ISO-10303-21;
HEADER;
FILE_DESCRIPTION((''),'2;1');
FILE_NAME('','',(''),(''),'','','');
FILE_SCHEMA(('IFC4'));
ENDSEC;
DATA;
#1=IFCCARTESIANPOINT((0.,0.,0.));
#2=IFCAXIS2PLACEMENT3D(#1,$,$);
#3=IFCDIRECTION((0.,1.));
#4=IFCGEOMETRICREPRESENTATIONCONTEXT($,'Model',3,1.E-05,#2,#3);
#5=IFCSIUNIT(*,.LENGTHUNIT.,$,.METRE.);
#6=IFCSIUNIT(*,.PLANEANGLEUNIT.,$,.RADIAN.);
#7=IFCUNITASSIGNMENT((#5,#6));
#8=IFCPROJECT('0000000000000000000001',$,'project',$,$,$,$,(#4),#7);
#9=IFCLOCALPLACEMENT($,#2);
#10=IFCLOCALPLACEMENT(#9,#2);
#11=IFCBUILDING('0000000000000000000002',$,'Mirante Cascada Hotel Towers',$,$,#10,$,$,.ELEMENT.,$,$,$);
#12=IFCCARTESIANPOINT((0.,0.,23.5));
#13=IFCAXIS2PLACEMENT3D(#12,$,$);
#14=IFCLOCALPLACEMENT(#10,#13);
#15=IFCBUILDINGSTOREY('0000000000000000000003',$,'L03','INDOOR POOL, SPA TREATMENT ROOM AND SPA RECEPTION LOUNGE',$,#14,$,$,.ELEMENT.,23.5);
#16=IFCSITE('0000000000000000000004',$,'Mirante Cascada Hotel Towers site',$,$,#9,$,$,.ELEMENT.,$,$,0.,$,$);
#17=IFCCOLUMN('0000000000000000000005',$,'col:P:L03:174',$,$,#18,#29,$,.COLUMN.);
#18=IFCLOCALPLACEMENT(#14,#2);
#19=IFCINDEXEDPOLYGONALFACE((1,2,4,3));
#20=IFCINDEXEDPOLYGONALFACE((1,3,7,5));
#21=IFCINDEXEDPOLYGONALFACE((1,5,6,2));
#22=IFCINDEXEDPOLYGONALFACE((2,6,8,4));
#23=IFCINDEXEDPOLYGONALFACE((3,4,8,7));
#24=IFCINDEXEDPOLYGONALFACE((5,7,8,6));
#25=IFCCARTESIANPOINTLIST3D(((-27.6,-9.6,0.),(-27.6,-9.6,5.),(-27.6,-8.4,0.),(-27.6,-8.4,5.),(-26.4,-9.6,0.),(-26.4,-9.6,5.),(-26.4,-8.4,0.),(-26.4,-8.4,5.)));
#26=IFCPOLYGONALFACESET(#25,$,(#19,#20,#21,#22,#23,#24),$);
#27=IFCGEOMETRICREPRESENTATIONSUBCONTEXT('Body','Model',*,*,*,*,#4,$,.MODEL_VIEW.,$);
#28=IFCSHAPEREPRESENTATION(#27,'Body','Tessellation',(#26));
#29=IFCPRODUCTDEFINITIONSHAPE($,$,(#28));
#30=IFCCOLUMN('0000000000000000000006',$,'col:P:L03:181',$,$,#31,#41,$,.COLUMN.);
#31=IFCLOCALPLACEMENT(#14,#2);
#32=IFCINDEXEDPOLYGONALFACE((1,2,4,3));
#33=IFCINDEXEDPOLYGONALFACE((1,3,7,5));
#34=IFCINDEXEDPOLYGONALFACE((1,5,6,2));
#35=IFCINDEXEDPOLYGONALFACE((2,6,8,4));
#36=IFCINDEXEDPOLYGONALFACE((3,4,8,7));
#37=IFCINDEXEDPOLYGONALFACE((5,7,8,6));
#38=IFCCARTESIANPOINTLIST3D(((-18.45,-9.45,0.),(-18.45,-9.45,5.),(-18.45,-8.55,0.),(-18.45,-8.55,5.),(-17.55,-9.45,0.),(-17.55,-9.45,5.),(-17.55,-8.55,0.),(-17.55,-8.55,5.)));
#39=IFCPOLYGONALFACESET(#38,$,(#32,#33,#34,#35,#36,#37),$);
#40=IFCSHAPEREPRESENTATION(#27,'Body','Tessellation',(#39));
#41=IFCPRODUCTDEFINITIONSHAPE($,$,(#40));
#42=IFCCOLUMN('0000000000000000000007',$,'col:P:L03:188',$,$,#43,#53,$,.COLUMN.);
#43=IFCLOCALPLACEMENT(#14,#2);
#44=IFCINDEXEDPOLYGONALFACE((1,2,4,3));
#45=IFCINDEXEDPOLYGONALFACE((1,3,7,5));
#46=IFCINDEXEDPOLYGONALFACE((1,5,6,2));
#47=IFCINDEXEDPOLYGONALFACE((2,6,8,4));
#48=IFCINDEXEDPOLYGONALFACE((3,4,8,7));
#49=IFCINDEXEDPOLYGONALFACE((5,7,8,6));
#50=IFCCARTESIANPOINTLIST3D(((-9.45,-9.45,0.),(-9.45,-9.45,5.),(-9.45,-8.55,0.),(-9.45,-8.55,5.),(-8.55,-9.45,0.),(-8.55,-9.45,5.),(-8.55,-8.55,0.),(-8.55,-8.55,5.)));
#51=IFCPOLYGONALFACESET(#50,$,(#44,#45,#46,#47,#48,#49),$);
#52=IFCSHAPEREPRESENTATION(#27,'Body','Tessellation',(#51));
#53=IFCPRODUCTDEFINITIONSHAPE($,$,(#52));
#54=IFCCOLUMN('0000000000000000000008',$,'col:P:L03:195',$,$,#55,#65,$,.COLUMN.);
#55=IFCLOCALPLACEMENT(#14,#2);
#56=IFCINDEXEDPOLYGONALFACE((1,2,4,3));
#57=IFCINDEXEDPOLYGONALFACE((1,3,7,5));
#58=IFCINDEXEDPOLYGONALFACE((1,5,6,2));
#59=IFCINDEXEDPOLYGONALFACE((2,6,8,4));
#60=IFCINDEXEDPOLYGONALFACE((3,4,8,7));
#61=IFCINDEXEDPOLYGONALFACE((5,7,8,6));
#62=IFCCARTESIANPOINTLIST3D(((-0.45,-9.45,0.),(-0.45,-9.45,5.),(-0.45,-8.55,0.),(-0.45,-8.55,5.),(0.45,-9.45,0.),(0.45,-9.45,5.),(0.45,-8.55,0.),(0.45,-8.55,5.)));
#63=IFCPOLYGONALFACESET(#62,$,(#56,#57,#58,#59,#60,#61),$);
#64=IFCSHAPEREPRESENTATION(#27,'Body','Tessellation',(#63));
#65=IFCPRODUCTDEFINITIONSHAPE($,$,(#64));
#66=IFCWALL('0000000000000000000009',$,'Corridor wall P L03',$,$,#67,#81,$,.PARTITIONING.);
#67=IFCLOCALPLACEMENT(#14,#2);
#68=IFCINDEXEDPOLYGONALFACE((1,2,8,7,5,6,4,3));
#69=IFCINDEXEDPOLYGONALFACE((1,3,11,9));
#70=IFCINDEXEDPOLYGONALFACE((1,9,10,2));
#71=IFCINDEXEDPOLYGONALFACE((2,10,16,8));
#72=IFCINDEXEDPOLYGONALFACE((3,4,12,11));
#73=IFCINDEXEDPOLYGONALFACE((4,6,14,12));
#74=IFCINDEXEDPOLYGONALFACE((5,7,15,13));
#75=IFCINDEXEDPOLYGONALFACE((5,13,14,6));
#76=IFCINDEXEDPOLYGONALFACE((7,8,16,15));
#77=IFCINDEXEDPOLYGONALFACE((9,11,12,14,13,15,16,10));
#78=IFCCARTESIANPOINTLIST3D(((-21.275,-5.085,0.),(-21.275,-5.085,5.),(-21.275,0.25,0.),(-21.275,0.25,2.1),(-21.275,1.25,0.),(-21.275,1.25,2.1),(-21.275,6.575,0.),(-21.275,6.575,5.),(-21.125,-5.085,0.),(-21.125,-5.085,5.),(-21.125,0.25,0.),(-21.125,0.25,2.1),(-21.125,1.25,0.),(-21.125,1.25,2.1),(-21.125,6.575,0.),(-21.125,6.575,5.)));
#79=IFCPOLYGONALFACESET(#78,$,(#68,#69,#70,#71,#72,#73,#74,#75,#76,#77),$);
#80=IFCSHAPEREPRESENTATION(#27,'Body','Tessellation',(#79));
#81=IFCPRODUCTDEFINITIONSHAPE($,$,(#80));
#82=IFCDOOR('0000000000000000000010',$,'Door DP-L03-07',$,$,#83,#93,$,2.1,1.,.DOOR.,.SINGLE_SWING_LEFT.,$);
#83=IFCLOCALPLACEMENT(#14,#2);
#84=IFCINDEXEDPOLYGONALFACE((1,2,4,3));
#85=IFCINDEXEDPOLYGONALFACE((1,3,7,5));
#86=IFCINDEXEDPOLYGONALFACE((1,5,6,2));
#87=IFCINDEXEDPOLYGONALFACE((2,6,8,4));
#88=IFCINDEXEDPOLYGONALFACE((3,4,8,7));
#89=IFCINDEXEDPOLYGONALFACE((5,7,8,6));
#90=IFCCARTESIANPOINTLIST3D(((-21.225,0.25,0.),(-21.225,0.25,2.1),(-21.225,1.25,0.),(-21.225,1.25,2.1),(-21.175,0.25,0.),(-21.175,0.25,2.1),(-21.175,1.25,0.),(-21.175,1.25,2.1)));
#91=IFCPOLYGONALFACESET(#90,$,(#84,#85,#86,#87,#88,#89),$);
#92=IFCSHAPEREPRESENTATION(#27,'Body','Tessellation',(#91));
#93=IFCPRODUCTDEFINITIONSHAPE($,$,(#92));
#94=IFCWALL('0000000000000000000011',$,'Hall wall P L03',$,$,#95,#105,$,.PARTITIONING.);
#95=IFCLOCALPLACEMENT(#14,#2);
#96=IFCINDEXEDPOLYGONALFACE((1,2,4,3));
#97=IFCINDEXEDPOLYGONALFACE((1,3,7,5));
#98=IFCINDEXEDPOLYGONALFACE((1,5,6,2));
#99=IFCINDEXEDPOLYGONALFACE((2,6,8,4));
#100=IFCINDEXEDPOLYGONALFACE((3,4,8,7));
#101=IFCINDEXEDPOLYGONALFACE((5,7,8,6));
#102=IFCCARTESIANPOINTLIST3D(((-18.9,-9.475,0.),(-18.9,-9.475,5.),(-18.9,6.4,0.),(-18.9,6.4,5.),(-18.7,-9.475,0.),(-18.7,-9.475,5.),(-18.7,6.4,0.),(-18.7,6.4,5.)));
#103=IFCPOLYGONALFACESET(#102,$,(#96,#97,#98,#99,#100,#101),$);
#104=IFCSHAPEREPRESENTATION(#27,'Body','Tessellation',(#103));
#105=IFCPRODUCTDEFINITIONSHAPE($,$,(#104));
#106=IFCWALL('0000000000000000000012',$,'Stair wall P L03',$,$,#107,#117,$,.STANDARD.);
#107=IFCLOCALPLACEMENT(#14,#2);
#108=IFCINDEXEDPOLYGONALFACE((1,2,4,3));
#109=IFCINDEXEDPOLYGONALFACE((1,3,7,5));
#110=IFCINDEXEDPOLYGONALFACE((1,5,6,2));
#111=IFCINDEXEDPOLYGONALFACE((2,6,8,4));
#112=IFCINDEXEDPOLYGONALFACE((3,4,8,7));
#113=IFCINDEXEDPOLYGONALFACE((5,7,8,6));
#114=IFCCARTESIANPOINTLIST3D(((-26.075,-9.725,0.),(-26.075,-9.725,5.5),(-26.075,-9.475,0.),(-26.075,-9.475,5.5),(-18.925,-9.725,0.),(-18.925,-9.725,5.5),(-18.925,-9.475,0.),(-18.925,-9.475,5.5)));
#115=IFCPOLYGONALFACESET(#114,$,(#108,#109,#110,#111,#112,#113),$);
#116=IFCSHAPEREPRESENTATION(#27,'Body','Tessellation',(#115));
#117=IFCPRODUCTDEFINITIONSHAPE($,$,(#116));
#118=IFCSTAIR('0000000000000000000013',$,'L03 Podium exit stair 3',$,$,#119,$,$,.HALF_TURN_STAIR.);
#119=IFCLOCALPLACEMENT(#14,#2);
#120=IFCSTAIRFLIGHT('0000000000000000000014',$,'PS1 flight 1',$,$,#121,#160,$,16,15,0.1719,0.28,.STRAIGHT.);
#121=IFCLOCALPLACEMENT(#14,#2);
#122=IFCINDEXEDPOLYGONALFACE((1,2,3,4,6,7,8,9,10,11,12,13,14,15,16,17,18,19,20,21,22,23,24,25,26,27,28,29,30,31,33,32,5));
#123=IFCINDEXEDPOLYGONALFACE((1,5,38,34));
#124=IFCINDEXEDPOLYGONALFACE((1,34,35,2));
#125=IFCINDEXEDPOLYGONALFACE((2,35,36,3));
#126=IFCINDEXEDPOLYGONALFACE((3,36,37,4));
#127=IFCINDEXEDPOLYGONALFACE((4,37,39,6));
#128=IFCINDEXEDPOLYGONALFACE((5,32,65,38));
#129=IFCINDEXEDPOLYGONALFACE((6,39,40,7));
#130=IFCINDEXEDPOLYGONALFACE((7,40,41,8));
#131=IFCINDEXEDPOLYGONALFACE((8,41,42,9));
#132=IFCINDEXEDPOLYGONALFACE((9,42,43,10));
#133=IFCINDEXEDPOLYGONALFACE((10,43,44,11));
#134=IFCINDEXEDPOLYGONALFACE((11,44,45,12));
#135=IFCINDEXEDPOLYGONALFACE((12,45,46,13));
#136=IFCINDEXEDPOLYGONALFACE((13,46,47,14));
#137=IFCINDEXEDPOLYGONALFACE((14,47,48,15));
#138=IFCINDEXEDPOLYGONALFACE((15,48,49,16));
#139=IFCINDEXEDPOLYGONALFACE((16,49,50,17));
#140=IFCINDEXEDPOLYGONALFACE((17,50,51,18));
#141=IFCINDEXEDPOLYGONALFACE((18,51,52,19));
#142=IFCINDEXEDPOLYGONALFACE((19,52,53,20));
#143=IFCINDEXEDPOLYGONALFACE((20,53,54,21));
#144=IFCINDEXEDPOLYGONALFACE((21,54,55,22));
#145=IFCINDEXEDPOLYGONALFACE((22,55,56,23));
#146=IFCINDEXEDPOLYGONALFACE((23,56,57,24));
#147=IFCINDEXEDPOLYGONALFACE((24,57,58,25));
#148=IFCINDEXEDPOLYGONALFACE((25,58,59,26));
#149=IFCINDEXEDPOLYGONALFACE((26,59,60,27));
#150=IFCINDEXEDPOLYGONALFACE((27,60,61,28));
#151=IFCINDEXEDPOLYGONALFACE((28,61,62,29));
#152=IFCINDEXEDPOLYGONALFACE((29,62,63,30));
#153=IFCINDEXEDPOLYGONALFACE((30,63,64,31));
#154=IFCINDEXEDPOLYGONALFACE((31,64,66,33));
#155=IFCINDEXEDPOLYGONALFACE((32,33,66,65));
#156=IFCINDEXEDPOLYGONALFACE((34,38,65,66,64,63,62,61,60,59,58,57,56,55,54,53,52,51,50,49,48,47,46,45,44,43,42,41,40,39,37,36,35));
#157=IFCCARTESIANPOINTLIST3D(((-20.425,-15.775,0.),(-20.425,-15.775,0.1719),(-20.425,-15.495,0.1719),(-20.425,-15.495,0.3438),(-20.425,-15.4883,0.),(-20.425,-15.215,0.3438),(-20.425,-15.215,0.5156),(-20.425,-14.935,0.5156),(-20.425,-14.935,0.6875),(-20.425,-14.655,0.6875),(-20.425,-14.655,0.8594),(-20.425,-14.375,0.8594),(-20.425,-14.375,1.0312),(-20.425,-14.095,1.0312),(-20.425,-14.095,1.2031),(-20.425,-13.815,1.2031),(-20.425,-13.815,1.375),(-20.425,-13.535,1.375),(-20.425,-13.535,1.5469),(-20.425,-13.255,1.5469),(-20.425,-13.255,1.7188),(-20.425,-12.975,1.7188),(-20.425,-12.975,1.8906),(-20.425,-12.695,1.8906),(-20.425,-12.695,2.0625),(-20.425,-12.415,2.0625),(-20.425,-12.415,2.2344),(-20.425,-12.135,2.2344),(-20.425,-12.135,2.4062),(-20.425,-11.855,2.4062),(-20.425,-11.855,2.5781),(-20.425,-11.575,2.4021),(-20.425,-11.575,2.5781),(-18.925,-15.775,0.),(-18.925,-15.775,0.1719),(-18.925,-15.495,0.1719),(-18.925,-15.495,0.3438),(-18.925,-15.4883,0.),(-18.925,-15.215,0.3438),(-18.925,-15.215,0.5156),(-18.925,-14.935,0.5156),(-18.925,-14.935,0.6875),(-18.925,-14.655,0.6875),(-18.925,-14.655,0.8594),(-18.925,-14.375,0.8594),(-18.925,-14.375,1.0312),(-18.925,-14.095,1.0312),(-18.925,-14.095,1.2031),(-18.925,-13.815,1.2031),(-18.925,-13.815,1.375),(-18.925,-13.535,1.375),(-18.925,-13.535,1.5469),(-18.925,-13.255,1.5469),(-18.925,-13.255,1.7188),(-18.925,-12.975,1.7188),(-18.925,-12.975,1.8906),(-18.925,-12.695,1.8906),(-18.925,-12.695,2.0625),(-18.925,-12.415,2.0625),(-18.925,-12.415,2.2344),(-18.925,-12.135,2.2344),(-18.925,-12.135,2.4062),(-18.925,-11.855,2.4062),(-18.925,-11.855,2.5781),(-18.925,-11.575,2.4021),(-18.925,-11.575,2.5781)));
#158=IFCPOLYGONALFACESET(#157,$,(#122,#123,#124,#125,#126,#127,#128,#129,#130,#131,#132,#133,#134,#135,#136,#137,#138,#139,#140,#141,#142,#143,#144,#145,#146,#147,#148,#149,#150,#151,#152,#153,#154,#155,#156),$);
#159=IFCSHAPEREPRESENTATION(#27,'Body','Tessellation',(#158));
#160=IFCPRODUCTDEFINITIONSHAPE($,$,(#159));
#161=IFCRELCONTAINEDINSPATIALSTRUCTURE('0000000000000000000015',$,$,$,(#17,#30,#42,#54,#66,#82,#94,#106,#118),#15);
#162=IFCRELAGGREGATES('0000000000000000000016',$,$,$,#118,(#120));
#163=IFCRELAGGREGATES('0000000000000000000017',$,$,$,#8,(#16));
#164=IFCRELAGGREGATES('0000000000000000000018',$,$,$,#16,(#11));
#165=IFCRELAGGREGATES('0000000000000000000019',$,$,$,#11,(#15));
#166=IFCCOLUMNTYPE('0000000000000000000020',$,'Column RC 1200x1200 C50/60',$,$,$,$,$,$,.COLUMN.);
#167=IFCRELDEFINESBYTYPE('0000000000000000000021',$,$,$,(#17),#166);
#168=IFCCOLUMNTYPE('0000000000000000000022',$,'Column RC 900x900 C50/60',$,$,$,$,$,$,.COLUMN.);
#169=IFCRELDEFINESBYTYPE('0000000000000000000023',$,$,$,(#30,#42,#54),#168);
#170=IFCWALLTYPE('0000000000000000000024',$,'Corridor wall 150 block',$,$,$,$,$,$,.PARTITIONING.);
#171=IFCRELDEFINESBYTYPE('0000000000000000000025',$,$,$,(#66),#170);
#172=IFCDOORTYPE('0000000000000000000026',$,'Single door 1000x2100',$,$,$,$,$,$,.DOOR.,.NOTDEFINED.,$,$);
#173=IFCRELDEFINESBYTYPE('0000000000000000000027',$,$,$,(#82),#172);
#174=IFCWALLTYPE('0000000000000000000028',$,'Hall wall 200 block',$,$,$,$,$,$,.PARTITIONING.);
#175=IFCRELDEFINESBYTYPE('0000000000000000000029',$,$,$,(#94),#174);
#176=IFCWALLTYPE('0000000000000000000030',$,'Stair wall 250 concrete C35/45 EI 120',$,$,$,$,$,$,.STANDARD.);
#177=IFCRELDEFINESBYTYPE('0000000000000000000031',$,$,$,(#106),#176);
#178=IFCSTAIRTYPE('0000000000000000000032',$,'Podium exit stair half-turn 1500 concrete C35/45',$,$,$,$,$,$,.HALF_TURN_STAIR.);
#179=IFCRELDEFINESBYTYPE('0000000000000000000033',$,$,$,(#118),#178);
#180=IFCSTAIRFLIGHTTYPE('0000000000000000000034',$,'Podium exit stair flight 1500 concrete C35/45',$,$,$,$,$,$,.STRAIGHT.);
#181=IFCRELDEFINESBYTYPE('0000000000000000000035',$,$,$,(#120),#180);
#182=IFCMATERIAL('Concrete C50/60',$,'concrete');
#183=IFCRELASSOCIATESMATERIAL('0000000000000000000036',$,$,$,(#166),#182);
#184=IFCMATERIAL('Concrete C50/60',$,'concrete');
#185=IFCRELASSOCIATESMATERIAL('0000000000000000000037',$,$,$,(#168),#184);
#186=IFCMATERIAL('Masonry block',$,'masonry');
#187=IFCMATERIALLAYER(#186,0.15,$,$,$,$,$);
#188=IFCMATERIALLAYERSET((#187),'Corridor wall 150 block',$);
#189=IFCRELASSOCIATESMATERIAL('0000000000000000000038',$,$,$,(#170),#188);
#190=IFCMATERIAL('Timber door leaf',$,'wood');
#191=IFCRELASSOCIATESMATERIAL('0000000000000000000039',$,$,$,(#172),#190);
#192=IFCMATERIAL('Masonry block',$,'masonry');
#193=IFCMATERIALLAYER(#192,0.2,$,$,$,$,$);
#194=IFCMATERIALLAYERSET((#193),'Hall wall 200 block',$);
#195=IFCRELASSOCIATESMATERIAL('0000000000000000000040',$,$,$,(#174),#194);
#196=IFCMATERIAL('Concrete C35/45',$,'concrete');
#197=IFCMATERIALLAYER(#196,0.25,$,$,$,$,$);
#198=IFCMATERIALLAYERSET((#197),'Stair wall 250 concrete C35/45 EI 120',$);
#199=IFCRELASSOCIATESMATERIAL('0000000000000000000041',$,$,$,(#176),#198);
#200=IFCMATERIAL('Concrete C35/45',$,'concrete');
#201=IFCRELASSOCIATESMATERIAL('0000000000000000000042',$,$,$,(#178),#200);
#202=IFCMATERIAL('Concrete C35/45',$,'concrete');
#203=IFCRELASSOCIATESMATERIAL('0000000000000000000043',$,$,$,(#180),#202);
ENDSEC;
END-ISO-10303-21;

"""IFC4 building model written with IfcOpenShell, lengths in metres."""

from ifc_helpers import new_model, si_unit, direction, frame, frame_2d, origin, origin_2d, place, context, subcontext, project, spatial, polyline, rectangle, outline, extrude, material, layer, layer_set, material_profile, profile_set, type_object, element, fill, aggregate, save


model = new_model("IFC4")

# Units and contexts
model_context = context("Model", 3, precision=1e-05, world=origin(), true_north=direction((0.0, 1.0)))
body_context = subcontext(model_context, "Body", "Model", "MODEL_VIEW")
ifc_project = project(units=[si_unit("LENGTHUNIT", "METRE"), si_unit("PLANEANGLEUNIT", "RADIAN")], contexts=[model_context])

# Site, building, storey
site_placement = place(None, origin())
site = spatial("IfcSite", under=ifc_project, at=site_placement, Name="Mirante Cascada Hotel Towers site", CompositionType="ELEMENT", RefElevation=0.0)
building_placement = place(site_placement, origin())
building = spatial("IfcBuilding", under=site, at=building_placement, Name="Mirante Cascada Hotel Towers", CompositionType="ELEMENT")
storey_placement = place(building_placement, frame((0.0, 0.0, 23.5)))
storey = spatial("IfcBuildingStorey", under=building, at=storey_placement, Name="L03", Description="INDOOR POOL, SPA TREATMENT ROOM AND SPA RECEPTION LOUNGE", CompositionType="ELEMENT", Elevation=23.5)

# Columns
ifc_material_1 = material(Name="Concrete C50/60", Category="concrete")
ifc_material_profile_1 = material_profile(ifc_material_1, rectangle(XDim=1.2, YDim=1.2, at=origin_2d()), Name="RC 1200x1200")
ifc_profile_set_1 = profile_set([ifc_material_profile_1], Name="Concrete C50/60")
column_type_1 = type_object("IfcColumnType", Name="Column RC 1200x1200 C50/60", PredefinedType="COLUMN", material=ifc_profile_set_1)
column_placement = place(storey_placement, frame((-27.0, -9.0, 0.0), z_axis=(0.0, 0.0, 1.0), x_axis=(1.0, 0.0, 0.0)))
element("IfcColumn", 1, at=column_placement, inside=storey, type_object=column_type_1, Name="col:P:L03:174", PredefinedType="COLUMN", context=body_context, shape_type="SweptSolid", body=[
    extrude(rectangle(XDim=1.2, YDim=1.2, at=origin_2d()), origin(), (0.0, 0.0, 1.0), 5.0),
])
ifc_material_2 = material(Name="Concrete C50/60", Category="concrete")
ifc_material_profile_2 = material_profile(ifc_material_2, rectangle(XDim=0.9, YDim=0.9, at=origin_2d()), Name="RC 900x900")
ifc_profile_set_2 = profile_set([ifc_material_profile_2], Name="Concrete C50/60")
column_type_2 = type_object("IfcColumnType", Name="Column RC 900x900 C50/60", PredefinedType="COLUMN", material=ifc_profile_set_2)
for number, where, z_axis, x_axis, name in (
    (2, (-18.0, -9.0, 0.0), (0.0, 0.0, 1.0), (1.0, 0.0, 0.0), "col:P:L03:181"),
    (3, (-9.0, -9.0, 0.0), (0.0, 0.0, 1.0), (1.0, 0.0, 0.0), "col:P:L03:188"),
    (4, (0.0, -9.0, 0.0), (0.0, 0.0, 1.0), (1.0, 0.0, 0.0), "col:P:L03:195"),
):
    element("IfcColumn", number, at=place(storey_placement, frame(where, z_axis=z_axis, x_axis=x_axis)), inside=storey, type_object=column_type_2, Name=name, PredefinedType="COLUMN", context=body_context, shape_type="SweptSolid", body=[
        extrude(rectangle(XDim=0.9, YDim=0.9, at=origin_2d()), origin(), (0.0, 0.0, 1.0), 5.0),
    ])

# Wall, opening, door
ifc_material_3 = material(Name="Masonry block", Category="masonry")
ifc_layer_1 = layer(ifc_material_3, 0.15)
ifc_layer_set_1 = layer_set([ifc_layer_1], Name="Corridor wall 150 block")
wall_type_1 = type_object("IfcWallType", Name="Corridor wall 150 block", PredefinedType="PARTITIONING", material=ifc_layer_set_1)
wall_1_placement = place(storey_placement, frame((-21.2, -5.085, 0.0), z_axis=(0.0, 0.0, 1.0), x_axis=(0.0, 1.0, 0.0)))
wall_1 = element("IfcWall", 5, at=wall_1_placement, inside=storey, type_object=wall_type_1, Name="Corridor wall P L03", PredefinedType="PARTITIONING", context=body_context, shape_type="SweptSolid", body=[
    extrude(rectangle(XDim=11.66, YDim=0.15, at=frame_2d((5.83, 0.0))), origin(), (0.0, 0.0, 1.0), 5.0),
])
opening_placement = place(wall_1_placement, frame((5.335, 0.0, 0.0)))
opening = element("IfcOpeningElement", 6, at=opening_placement, cuts=wall_1, PredefinedType="OPENING", context=body_context, shape_type="SweptSolid", body=[
    extrude(rectangle(XDim=1.0, YDim=2.1, at=frame_2d((0.5, 1.05))), frame((0.0, 0.075, 0.0), z_axis=(0.0, -1.0, 0.0), x_axis=(1.0, 0.0, 0.0)), (0.0, 0.0, 1.0), 0.15),
])
ifc_material_4 = material(Name="Timber door leaf", Category="wood")
door_type = type_object("IfcDoorType", Name="Single door 1000x2100", OperationType="NOTDEFINED", PredefinedType="DOOR", material=ifc_material_4)
door_placement = place(opening_placement, origin())
door = element("IfcDoor", 7, at=door_placement, inside=storey, type_object=door_type, Name="Door DP-L03-07", OperationType="SINGLE_SWING_LEFT", OverallHeight=2.1, OverallWidth=1.0, PredefinedType="DOOR", context=body_context, shape_type="SweptSolid", body=[
    extrude(rectangle(XDim=1.0, YDim=2.1, at=frame_2d((0.5, 1.05))), frame((0.0, 0.025, 0.0), z_axis=(0.0, -1.0, 0.0), x_axis=(1.0, 0.0, 0.0)), (0.0, 0.0, 1.0), 0.05),
])
fill(opening, door)

# Walls
ifc_material_5 = material(Name="Masonry block", Category="masonry")
ifc_layer_2 = layer(ifc_material_5, 0.2)
ifc_layer_set_2 = layer_set([ifc_layer_2], Name="Hall wall 200 block")
wall_type_2 = type_object("IfcWallType", Name="Hall wall 200 block", PredefinedType="PARTITIONING", material=ifc_layer_set_2)
wall_2_placement = place(storey_placement, frame((-18.8, -9.475, 0.0), z_axis=(0.0, 0.0, 1.0), x_axis=(0.0, 1.0, 0.0)))
element("IfcWall", 8, at=wall_2_placement, inside=storey, type_object=wall_type_2, Name="Hall wall P L03", PredefinedType="PARTITIONING", context=body_context, shape_type="SweptSolid", body=[
    extrude(rectangle(XDim=15.875, YDim=0.2, at=frame_2d((7.9375, 0.0))), origin(), (0.0, 0.0, 1.0), 5.0),
])
ifc_material_6 = material(Name="Concrete C35/45", Category="concrete")
ifc_layer_3 = layer(ifc_material_6, 0.25)
ifc_layer_set_3 = layer_set([ifc_layer_3], Name="Stair wall 250 concrete C35/45 EI 120")
wall_type_3 = type_object("IfcWallType", Name="Stair wall 250 concrete C35/45 EI 120", PredefinedType="STANDARD", material=ifc_layer_set_3)
wall_3_placement = place(storey_placement, frame((-26.075, -9.6, 0.0), z_axis=(0.0, 0.0, 1.0), x_axis=(1.0, 0.0, 0.0)))
element("IfcWall", 9, at=wall_3_placement, inside=storey, type_object=wall_type_3, Name="Stair wall P L03", PredefinedType="STANDARD", context=body_context, shape_type="SweptSolid", body=[
    extrude(rectangle(XDim=7.15, YDim=0.25, at=frame_2d((3.575, 0.0))), origin(), (0.0, 0.0, 1.0), 5.5),
])

# Stair, stair flight
ifc_material_7 = material(Name="Concrete C35/45", Category="concrete")
stair_type = type_object("IfcStairType", Name="Podium exit stair half-turn 1500 concrete C35/45", PredefinedType="HALF_TURN_STAIR", material=ifc_material_7)
stair_1_placement = place(storey_placement, origin())
stair_1 = element("IfcStair", 10, at=stair_1_placement, inside=storey, type_object=stair_type, Name="L03 Podium exit stair 3", PredefinedType="HALF_TURN_STAIR")
ifc_material_8 = material(Name="Concrete C35/45", Category="concrete")
stair_flight_type = type_object("IfcStairFlightType", Name="Podium exit stair flight 1500 concrete C35/45", PredefinedType="STRAIGHT", material=ifc_material_8)
stair_flight_1_placement = place(storey_placement, frame((-19.675, -15.775, 0.0), z_axis=(0.0, 0.0, 1.0), x_axis=(0.0, 1.0, 0.0)))
stair_flight_1 = element("IfcStairFlight", 11, at=stair_flight_1_placement, type_object=stair_flight_type, Name="PS1 flight 1", NumberOfRisers=16, NumberOfTreads=15, PredefinedType="STRAIGHT", RiserHeight=0.1719, TreadLength=0.28, context=body_context, shape_type="SweptSolid", body=[
    extrude(outline(polyline([(0.0, 0.0), (0.0, 0.1719), (0.28, 0.1719), (0.28, 0.3438), (0.56, 0.3438), (0.56, 0.5156), (0.84, 0.5156), (0.84, 0.6875), (1.12, 0.6875), (1.12, 0.8594), (1.4, 0.8594), (1.4, 1.0312), (1.68, 1.0312), (1.68, 1.2031), (1.96, 1.2031), (1.96, 1.375), (2.24, 1.375), (2.24, 1.5469), (2.52, 1.5469), (2.52, 1.7188), (2.8, 1.7188), (2.8, 1.8906), (3.08, 1.8906), (3.08, 2.0625), (3.36, 2.0625), (3.36, 2.2344), (3.64, 2.2344), (3.64, 2.4062), (3.92, 2.4062), (3.92, 2.5781), (4.2, 2.5781), (4.2, 2.75), (4.2, 2.4021), (0.2867, 0.0), (0.0, 0.0)])), frame((0.0, 0.75, 0.0), z_axis=(0.0, -1.0, 0.0), x_axis=(1.0, 0.0, 0.0)), (0.0, 0.0, 1.0), 1.5),
])
aggregate(stair_1, [stair_flight_1])

save(model, "model.ifc")
